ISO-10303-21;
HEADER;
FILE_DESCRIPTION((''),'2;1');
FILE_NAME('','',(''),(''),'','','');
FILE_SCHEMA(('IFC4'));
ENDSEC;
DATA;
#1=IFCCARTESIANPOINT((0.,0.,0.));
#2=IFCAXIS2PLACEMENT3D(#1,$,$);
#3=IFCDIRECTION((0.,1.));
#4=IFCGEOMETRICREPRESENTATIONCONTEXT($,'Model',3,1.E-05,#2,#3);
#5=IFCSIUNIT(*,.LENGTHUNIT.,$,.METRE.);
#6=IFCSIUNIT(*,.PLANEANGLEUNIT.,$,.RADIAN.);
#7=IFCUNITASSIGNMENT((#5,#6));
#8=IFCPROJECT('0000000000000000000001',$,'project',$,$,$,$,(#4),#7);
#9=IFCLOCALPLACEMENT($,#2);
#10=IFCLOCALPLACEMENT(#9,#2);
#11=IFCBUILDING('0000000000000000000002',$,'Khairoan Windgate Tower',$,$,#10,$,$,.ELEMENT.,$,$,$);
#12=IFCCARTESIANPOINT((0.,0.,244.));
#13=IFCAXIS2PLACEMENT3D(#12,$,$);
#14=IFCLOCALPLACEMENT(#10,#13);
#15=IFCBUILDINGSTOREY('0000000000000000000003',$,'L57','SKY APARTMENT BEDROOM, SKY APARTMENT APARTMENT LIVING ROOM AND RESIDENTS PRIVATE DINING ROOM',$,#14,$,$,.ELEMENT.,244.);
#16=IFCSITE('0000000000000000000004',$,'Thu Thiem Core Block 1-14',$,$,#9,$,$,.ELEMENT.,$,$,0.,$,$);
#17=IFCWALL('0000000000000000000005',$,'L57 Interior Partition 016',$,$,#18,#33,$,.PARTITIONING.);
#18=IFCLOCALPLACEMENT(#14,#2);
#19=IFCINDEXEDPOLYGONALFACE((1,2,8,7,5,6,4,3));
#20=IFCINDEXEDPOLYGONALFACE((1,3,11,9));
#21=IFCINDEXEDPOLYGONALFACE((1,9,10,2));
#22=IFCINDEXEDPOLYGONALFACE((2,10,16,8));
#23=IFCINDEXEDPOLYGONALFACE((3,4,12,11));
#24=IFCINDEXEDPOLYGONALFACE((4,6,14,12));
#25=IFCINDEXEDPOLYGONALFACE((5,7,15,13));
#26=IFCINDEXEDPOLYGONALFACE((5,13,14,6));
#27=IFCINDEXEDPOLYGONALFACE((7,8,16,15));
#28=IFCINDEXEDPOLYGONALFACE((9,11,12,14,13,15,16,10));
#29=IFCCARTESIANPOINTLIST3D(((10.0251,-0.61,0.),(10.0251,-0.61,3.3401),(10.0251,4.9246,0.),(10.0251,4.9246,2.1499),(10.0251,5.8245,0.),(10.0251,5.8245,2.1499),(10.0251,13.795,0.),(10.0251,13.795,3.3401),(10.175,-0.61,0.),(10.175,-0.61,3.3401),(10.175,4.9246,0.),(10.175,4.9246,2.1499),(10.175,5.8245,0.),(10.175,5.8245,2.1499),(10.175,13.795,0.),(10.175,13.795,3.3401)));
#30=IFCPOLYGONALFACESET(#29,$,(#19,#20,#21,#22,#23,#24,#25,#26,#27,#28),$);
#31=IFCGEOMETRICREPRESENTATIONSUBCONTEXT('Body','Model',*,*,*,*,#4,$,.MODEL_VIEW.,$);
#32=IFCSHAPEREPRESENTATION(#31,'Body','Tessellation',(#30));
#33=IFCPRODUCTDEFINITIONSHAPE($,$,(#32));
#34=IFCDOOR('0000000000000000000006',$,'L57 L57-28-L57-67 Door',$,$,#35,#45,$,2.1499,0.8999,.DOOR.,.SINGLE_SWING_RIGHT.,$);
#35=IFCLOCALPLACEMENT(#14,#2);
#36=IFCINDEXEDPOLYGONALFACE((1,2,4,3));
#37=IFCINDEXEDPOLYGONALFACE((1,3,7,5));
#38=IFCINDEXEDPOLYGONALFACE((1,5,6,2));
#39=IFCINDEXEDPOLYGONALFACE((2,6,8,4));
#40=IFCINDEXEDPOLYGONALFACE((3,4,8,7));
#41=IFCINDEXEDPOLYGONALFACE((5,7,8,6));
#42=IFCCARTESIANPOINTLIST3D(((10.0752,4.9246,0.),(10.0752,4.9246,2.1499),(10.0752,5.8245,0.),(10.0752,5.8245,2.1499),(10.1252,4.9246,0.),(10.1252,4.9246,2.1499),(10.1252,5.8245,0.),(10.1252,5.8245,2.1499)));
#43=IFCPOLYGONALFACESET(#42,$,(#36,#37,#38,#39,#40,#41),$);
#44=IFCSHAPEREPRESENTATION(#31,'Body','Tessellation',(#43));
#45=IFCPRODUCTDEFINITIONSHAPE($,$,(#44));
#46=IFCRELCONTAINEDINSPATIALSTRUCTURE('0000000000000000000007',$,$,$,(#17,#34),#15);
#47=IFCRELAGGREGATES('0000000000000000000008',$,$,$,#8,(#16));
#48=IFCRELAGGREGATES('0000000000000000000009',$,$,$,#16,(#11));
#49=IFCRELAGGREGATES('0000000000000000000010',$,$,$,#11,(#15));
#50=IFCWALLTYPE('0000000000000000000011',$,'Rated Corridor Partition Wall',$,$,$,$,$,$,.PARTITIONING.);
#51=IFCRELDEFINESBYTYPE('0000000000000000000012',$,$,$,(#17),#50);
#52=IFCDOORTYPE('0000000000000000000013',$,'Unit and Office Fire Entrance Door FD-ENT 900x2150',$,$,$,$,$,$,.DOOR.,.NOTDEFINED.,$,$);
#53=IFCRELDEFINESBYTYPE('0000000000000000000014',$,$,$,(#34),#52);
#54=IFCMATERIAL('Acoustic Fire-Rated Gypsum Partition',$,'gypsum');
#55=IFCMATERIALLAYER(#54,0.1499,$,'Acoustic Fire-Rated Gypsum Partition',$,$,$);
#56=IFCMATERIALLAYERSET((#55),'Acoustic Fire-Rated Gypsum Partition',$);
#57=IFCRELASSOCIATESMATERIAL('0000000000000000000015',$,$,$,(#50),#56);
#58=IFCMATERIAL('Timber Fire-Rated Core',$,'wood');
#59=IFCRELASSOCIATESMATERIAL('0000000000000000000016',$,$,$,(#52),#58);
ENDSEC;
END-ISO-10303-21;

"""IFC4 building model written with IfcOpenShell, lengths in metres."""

from ifc_helpers import new_model, si_unit, direction, frame, frame_2d, origin, place, context, subcontext, project, spatial, rectangle, extrude, material, layer, layer_set, type_object, element, fill, save


model = new_model("IFC4")

# Units and contexts
model_context = context("Model", 3, precision=1e-05, world=origin(), true_north=direction((0.0, 1.0)))
body_context = subcontext(model_context, "Body", "Model", "MODEL_VIEW")
ifc_project = project(units=[si_unit("LENGTHUNIT", "METRE"), si_unit("PLANEANGLEUNIT", "RADIAN")], contexts=[model_context])

# Site, building, storey
site_placement = place(None, origin())
site = spatial("IfcSite", under=ifc_project, at=site_placement, Name="Thu Thiem Core Block 1-14", CompositionType="ELEMENT", RefElevation=0.0)
building_placement = place(site_placement, origin())
building = spatial("IfcBuilding", under=site, at=building_placement, Name="Khairoan Windgate Tower", CompositionType="ELEMENT")
storey_placement = place(building_placement, frame((0.0, 0.0, 244.0)))
storey = spatial("IfcBuildingStorey", under=building, at=storey_placement, Name="L57", Description="SKY APARTMENT BEDROOM, SKY APARTMENT APARTMENT LIVING ROOM AND RESIDENTS PRIVATE DINING ROOM", CompositionType="ELEMENT", Elevation=244.0)

# Wall, opening, door
ifc_material_1 = material(Name="Acoustic Fire-Rated Gypsum Partition", Category="gypsum")
ifc_layer_1 = layer(ifc_material_1, 0.1499, Name="Acoustic Fire-Rated Gypsum Partition")
ifc_layer_set_1 = layer_set([ifc_layer_1], Name="Acoustic Fire-Rated Gypsum Partition")
wall_type_1 = type_object("IfcWallType", Name="Rated Corridor Partition Wall", PredefinedType="PARTITIONING", material=ifc_layer_set_1)
wall_1_placement = place(storey_placement, frame((10.1001, -0.6101, 0.0), z_axis=(0.0, 0.0, 1.0), x_axis=(0.0, 1.0, 0.0)))
wall_1 = element("IfcWall", 1, at=wall_1_placement, inside=storey, type_object=wall_type_1, Name="L57 Interior Partition 016", PredefinedType="PARTITIONING", context=body_context, shape_type="SweptSolid", body=[
    extrude(rectangle(XDim=14.405, YDim=0.1499, at=frame_2d((7.2026, 0.0))), origin(), (0.0, 0.0, 1.0), 3.3401),
])
opening_1_placement = place(wall_1_placement, frame((5.5347, 0.0, 0.0)))
opening_1 = element("IfcOpeningElement", 2, at=opening_1_placement, cuts=wall_1, PredefinedType="OPENING", context=body_context, shape_type="SweptSolid", body=[
    extrude(rectangle(XDim=0.8999, YDim=2.1499, at=frame_2d((0.45, 1.075))), frame((0.0, 0.085, 0.0), z_axis=(0.0, -1.0, 0.0), x_axis=(1.0, 0.0, 0.0)), (0.0, 0.0, 1.0), 0.1699),
])
ifc_material_2 = material(Name="Timber Fire-Rated Core", Category="wood")
door_type_1 = type_object("IfcDoorType", Name="Unit and Office Fire Entrance Door FD-ENT 900x2150", OperationType="NOTDEFINED", PredefinedType="DOOR", material=ifc_material_2)
door_1_placement = place(opening_1_placement, origin())
door_1 = element("IfcDoor", 3, at=door_1_placement, inside=storey, type_object=door_type_1, Name="L57 L57-28-L57-67 Door", OperationType="SINGLE_SWING_RIGHT", OverallHeight=2.1499, OverallWidth=0.8999, PredefinedType="DOOR", context=body_context, shape_type="SweptSolid", body=[
    extrude(rectangle(XDim=0.8999, YDim=2.1499, at=frame_2d((0.45, 1.075))), frame((0.0, 0.0249, 0.0), z_axis=(0.0, -1.0, 0.0), x_axis=(1.0, 0.0, 0.0)), (0.0, 0.0, 1.0), 0.05),
])
fill(opening_1, door_1)

save(model, "model.ifc")
